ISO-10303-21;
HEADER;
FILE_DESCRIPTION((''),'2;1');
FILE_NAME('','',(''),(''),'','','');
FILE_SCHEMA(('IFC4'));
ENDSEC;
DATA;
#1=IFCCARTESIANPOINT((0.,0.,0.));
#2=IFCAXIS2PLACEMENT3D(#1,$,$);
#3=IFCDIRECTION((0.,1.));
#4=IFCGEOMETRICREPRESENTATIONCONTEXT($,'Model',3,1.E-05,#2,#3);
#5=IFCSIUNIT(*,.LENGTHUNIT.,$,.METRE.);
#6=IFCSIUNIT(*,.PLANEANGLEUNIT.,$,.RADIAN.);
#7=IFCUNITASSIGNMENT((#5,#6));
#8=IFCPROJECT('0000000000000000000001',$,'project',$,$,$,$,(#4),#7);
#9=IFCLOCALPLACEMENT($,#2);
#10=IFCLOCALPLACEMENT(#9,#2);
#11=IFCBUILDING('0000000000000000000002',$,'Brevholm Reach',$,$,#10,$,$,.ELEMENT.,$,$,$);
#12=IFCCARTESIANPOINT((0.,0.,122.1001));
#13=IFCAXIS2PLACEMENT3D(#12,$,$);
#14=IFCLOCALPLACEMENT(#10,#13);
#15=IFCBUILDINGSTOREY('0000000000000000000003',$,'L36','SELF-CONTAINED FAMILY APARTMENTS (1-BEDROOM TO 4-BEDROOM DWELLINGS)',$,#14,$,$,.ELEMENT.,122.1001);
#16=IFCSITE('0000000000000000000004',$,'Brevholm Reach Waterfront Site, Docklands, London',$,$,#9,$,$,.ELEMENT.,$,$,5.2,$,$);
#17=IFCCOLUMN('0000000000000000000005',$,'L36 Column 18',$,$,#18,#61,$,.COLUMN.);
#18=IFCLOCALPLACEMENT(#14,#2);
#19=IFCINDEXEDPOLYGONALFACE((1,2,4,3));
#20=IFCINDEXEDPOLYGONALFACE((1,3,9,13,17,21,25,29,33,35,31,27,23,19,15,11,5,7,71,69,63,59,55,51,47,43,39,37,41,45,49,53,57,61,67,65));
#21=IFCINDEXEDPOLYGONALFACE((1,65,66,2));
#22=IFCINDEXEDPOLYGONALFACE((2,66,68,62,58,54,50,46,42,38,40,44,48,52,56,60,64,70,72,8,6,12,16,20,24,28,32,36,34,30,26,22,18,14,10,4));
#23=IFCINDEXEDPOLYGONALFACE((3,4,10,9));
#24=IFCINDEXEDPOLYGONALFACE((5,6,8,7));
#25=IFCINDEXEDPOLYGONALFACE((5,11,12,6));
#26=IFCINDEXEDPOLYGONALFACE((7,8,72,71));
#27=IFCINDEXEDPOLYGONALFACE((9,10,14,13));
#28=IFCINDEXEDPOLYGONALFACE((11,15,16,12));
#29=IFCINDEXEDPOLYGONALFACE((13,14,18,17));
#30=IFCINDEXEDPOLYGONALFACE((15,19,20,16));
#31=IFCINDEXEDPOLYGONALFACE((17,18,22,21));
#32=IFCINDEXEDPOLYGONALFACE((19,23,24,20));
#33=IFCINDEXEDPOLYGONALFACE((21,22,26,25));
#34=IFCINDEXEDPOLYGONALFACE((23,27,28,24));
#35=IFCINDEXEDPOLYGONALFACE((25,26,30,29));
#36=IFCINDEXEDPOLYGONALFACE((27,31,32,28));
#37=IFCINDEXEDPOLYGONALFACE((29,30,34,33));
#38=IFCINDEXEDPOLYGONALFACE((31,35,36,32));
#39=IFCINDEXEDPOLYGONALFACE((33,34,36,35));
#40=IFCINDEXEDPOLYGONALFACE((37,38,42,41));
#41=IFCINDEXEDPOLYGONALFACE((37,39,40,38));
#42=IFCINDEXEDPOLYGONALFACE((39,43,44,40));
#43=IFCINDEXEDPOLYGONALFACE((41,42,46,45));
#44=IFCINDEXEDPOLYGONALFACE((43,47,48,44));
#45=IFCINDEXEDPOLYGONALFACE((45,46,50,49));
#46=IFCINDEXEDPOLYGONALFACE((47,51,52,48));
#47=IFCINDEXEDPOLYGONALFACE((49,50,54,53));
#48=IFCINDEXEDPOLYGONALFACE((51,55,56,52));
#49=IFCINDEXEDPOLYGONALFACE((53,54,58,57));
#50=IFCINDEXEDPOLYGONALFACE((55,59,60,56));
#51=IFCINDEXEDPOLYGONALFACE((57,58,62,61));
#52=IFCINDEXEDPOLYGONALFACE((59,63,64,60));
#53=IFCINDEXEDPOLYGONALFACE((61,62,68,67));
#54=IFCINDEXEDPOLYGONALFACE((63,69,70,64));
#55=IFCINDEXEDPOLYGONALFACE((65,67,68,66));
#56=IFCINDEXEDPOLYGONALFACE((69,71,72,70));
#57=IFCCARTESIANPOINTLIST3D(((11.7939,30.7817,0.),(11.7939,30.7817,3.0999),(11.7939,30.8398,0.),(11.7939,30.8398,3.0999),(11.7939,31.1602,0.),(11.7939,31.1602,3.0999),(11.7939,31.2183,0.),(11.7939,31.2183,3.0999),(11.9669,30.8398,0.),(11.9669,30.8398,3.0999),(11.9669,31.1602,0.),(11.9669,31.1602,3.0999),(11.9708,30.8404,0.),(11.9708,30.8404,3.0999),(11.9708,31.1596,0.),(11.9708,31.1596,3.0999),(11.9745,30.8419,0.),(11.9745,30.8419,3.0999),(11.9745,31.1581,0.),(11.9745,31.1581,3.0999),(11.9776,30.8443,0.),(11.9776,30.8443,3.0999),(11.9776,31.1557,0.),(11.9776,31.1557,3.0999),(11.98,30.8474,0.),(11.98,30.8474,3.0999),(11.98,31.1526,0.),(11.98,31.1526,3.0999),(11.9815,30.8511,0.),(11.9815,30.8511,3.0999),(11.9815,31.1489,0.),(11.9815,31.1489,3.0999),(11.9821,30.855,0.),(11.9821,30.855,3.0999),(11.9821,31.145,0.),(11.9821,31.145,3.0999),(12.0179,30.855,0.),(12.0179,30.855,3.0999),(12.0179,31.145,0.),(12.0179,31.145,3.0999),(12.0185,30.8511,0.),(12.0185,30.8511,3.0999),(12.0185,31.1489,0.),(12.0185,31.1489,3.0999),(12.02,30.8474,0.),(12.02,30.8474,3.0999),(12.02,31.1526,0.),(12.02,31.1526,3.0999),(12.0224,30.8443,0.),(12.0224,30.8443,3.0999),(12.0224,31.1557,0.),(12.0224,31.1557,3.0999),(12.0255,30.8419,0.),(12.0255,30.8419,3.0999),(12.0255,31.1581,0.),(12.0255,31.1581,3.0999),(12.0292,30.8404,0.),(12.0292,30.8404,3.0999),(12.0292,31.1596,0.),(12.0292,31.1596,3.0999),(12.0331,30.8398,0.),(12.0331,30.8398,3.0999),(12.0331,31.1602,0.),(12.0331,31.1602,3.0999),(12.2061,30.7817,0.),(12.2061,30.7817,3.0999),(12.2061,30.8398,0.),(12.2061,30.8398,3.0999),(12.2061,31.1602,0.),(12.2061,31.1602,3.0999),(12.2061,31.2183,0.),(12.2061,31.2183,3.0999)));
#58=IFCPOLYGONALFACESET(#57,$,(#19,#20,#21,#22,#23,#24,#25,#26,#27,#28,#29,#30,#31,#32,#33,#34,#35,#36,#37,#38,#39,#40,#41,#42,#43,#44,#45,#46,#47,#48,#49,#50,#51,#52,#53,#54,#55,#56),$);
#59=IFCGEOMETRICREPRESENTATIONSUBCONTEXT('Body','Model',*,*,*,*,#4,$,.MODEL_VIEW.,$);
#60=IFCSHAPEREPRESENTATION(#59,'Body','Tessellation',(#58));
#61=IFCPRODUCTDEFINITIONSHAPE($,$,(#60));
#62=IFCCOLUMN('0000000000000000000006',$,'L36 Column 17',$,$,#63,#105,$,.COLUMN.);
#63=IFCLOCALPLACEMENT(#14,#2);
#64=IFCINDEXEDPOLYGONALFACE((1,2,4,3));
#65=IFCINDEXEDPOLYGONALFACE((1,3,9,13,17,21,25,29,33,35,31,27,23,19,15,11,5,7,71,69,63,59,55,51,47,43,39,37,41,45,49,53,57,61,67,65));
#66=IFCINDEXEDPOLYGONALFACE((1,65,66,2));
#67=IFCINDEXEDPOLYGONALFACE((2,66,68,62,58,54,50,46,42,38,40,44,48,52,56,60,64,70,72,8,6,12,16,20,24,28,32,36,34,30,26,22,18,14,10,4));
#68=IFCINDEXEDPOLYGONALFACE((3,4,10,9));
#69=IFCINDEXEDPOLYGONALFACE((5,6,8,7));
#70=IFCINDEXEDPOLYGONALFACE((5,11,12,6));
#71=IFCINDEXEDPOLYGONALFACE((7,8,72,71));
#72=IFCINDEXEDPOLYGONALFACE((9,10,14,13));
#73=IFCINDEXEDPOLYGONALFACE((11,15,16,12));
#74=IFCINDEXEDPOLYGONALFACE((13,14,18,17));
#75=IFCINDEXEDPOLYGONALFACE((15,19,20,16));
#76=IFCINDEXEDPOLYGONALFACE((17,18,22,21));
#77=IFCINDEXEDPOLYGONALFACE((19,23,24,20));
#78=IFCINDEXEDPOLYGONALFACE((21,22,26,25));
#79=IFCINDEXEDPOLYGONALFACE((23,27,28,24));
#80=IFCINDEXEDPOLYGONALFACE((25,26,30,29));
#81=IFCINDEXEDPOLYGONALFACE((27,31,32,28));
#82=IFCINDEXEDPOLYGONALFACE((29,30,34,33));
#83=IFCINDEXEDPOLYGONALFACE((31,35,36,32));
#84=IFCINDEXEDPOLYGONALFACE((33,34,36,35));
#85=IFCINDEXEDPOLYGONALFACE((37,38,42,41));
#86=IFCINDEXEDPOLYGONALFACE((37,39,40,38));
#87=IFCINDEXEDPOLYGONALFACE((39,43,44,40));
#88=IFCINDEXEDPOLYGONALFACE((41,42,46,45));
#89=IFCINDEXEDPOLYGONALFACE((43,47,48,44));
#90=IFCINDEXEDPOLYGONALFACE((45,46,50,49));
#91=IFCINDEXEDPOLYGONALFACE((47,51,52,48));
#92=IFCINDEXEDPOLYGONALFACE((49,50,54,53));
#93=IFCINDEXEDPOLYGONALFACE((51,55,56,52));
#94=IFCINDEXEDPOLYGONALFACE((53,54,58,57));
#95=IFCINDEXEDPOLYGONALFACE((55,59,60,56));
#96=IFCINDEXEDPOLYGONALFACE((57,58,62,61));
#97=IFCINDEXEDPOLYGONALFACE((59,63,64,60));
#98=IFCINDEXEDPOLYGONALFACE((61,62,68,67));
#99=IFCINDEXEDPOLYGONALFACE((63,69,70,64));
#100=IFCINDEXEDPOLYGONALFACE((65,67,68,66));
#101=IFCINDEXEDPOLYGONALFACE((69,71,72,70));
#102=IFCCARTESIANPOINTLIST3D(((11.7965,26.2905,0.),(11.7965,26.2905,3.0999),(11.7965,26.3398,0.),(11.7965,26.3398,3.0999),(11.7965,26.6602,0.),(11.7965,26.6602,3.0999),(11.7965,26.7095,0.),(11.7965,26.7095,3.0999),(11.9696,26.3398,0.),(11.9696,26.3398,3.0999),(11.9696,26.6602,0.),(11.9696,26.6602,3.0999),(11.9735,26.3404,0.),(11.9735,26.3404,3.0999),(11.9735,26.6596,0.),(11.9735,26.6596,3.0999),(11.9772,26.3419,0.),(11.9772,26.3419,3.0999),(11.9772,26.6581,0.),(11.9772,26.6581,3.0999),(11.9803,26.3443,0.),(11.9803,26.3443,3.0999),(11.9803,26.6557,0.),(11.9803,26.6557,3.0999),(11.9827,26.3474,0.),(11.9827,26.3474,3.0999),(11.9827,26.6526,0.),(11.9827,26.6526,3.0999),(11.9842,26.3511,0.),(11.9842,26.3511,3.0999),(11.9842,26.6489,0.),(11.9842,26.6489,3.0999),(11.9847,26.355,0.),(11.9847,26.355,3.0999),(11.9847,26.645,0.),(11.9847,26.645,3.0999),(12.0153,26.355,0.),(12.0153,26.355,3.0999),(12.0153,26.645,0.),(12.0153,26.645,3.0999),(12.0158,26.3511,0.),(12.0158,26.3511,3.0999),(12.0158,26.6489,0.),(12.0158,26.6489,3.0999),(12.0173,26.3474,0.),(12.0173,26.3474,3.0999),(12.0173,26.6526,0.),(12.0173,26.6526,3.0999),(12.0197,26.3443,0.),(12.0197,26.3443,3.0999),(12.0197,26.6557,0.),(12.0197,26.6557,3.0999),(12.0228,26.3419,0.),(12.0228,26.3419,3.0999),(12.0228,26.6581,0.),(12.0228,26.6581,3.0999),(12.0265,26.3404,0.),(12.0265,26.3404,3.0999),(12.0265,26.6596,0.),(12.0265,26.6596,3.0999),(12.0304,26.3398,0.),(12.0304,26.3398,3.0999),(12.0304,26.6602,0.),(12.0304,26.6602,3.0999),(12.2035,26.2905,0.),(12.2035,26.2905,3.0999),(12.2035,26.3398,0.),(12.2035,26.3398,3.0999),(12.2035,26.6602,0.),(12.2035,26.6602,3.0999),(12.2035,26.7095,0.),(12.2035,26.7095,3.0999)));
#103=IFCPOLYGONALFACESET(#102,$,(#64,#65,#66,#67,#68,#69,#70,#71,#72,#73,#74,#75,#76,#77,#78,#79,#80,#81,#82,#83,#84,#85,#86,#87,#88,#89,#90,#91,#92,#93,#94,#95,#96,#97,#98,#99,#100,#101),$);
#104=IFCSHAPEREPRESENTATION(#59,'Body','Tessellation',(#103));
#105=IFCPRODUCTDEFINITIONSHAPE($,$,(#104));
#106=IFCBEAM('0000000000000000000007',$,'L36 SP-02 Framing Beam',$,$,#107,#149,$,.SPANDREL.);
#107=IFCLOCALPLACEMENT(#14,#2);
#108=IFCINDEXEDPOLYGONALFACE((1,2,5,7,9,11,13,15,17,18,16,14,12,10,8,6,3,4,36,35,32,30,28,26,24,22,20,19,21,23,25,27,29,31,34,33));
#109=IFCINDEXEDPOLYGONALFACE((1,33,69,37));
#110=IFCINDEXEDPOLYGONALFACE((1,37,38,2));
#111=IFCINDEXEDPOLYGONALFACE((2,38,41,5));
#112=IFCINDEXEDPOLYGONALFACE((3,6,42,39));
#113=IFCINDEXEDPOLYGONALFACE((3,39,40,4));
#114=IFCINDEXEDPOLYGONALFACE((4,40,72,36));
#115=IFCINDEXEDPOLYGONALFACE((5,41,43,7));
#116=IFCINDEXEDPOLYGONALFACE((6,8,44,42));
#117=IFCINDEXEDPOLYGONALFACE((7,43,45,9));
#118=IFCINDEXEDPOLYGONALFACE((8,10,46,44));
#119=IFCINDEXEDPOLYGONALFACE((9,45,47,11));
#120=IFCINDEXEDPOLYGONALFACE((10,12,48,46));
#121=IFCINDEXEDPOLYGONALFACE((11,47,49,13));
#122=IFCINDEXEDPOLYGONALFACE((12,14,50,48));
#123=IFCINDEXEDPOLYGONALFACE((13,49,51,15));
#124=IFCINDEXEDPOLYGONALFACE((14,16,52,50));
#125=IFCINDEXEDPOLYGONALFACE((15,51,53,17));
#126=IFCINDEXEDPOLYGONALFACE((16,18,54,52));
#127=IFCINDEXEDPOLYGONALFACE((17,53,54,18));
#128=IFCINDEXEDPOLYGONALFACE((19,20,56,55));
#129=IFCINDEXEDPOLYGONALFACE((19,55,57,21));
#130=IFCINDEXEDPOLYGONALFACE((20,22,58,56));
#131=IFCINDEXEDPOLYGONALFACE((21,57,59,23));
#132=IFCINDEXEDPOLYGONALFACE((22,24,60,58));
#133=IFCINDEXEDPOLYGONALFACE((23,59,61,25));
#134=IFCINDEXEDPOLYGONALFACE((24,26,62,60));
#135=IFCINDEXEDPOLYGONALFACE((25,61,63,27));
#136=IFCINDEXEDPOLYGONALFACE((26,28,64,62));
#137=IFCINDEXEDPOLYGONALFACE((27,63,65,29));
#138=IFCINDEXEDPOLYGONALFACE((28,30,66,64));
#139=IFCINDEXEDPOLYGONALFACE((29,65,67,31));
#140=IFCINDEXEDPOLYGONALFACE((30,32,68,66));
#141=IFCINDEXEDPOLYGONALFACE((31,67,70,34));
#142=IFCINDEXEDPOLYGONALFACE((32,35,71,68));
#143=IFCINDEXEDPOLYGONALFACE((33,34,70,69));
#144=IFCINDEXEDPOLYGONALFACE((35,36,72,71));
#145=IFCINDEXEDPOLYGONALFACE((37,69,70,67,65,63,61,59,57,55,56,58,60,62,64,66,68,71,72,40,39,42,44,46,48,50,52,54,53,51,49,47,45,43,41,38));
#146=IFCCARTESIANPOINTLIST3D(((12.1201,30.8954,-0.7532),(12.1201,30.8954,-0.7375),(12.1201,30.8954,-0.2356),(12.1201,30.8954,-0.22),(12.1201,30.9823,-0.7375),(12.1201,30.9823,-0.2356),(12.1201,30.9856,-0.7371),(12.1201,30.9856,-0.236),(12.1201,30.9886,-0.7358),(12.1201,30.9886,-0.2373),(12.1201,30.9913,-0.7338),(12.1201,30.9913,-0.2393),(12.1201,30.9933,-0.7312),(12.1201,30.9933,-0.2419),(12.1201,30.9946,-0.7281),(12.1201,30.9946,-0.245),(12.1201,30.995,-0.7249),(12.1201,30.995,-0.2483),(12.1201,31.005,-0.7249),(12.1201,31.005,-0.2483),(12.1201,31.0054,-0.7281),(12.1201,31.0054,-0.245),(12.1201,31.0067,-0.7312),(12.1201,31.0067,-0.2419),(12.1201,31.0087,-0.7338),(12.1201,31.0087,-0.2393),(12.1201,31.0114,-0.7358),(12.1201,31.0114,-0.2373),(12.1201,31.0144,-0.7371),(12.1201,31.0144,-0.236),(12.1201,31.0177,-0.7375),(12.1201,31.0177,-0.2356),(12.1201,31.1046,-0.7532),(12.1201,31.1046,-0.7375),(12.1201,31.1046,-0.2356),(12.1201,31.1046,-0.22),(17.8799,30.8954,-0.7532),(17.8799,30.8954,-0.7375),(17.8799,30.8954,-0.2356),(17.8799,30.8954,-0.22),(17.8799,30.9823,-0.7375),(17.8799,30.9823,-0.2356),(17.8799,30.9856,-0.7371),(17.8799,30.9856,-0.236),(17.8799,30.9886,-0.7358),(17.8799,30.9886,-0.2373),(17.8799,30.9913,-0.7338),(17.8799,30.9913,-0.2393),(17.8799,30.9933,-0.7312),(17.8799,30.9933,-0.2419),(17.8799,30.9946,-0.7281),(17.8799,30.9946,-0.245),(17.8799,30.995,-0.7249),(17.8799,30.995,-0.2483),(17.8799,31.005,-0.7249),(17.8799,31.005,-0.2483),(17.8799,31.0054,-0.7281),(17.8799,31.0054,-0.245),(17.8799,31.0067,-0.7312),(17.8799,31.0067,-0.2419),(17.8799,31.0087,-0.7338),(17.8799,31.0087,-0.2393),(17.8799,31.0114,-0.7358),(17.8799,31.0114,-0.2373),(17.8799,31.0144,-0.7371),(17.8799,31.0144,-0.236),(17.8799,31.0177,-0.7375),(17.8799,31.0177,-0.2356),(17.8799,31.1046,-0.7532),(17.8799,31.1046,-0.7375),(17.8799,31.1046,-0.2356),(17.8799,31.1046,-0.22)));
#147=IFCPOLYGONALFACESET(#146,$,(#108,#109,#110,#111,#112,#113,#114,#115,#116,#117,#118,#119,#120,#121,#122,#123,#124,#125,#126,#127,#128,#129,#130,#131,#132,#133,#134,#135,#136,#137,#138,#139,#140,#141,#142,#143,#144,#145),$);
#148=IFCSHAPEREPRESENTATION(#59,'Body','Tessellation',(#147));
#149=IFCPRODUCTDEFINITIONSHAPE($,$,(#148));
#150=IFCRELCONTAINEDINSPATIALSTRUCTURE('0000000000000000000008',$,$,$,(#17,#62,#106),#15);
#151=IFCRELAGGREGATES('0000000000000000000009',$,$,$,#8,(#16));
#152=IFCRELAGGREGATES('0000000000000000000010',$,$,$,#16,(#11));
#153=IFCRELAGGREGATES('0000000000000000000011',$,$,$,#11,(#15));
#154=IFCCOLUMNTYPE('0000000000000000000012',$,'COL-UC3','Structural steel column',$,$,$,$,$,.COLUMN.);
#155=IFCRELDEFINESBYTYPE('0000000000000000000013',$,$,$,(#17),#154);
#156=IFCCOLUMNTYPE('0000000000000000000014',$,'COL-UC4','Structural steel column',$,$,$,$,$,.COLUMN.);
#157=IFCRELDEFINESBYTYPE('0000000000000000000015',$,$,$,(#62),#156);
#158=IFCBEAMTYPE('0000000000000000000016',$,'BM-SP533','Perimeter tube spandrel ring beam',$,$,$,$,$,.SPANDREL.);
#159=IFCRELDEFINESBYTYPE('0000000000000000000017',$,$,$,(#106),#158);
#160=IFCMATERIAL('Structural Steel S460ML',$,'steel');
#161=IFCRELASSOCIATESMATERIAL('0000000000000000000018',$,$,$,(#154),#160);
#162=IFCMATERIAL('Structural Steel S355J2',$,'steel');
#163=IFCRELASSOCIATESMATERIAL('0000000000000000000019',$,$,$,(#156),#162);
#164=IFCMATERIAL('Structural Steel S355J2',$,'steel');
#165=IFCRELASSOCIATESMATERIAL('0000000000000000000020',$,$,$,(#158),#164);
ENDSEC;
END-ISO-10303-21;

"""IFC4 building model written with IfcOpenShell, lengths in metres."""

from ifc_helpers import new_model, si_unit, direction, frame, origin, origin_2d, place, context, subcontext, project, spatial, i_section, extrude, material, material_profile, profile_set, type_object, element, save


model = new_model("IFC4")

# Units and contexts
model_context = context("Model", 3, precision=1e-05, world=origin(), true_north=direction((0.0, 1.0)))
body_context = subcontext(model_context, "Body", "Model", "MODEL_VIEW")
ifc_project = project(units=[si_unit("LENGTHUNIT", "METRE"), si_unit("PLANEANGLEUNIT", "RADIAN")], contexts=[model_context])

# Site, building, storey
site_placement = place(None, origin())
site = spatial("IfcSite", under=ifc_project, at=site_placement, Name="Brevholm Reach Waterfront Site, Docklands, London", CompositionType="ELEMENT", RefElevation=5.2)
building_placement = place(site_placement, origin())
building = spatial("IfcBuilding", under=site, at=building_placement, Name="Brevholm Reach", CompositionType="ELEMENT")
storey_placement = place(building_placement, frame((0.0, 0.0, 122.1001)))
storey = spatial("IfcBuildingStorey", under=building, at=storey_placement, Name="L36", Description="SELF-CONTAINED FAMILY APARTMENTS (1-BEDROOM TO 4-BEDROOM DWELLINGS)", CompositionType="ELEMENT", Elevation=122.1001)

# Columns
ifc_material_1 = material(Name="Structural Steel S460ML", Category="steel")
ifc_material_profile_1 = material_profile(ifc_material_1, i_section(OverallWidth=0.4121, OverallDepth=0.4365, WebThickness=0.0359, FlangeThickness=0.0581, FilletRadius=0.0151, at=origin_2d()), Name="UKC 356x406x467")
ifc_profile_set_1 = profile_set([ifc_material_profile_1], Name="Structural Steel S460ML")
column_type_1 = type_object("IfcColumnType", Name="COL-UC3", Description="Structural steel column", PredefinedType="COLUMN", material=ifc_profile_set_1)
column_1_placement = place(storey_placement, frame((12.0, 31.0, 0.0), z_axis=(0.0, 0.0, 1.0), x_axis=(1.0, 0.0, 0.0)))
element("IfcColumn", 1, at=column_1_placement, inside=storey, type_object=column_type_1, Name="L36 Column 18", PredefinedType="COLUMN", context=body_context, shape_type="SweptSolid", body=[
    extrude(i_section(OverallWidth=0.4121, OverallDepth=0.4365, WebThickness=0.0359, FlangeThickness=0.0581, FilletRadius=0.0151, at=origin_2d()), origin(), (0.0, 0.0, 1.0), 3.0999),
])
ifc_material_2 = material(Name="Structural Steel S355J2", Category="steel")
ifc_material_profile_2 = material_profile(ifc_material_2, i_section(OverallWidth=0.407, OverallDepth=0.4189, WebThickness=0.0305, FlangeThickness=0.0493, FilletRadius=0.0151, at=origin_2d()), Name="UKC 356x406x393")
ifc_profile_set_2 = profile_set([ifc_material_profile_2], Name="Structural Steel S355J2")
column_type_2 = type_object("IfcColumnType", Name="COL-UC4", Description="Structural steel column", PredefinedType="COLUMN", material=ifc_profile_set_2)
column_2_placement = place(storey_placement, frame((12.0, 26.5, 0.0), z_axis=(0.0, 0.0, 1.0), x_axis=(1.0, 0.0, 0.0)))
element("IfcColumn", 2, at=column_2_placement, inside=storey, type_object=column_type_2, Name="L36 Column 17", PredefinedType="COLUMN", context=body_context, shape_type="SweptSolid", body=[
    extrude(i_section(OverallWidth=0.407, OverallDepth=0.4189, WebThickness=0.0305, FlangeThickness=0.0493, FilletRadius=0.0151, at=origin_2d()), origin(), (0.0, 0.0, 1.0), 3.0999),
])

# Beam
ifc_material_3 = material(Name="Structural Steel S355J2", Category="steel")
ifc_material_profile_3 = material_profile(ifc_material_3, i_section(OverallWidth=0.2092, OverallDepth=0.5332, WebThickness=0.01, FlangeThickness=0.0156, FilletRadius=0.0127, at=origin_2d()), Name="UKB 533x210x92")
ifc_profile_set_3 = profile_set([ifc_material_profile_3], Name="Structural Steel S355J2")
beam_type_1 = type_object("IfcBeamType", Name="BM-SP533", Description="Perimeter tube spandrel ring beam", PredefinedType="SPANDREL", material=ifc_profile_set_3)
beam_1_placement = place(storey_placement, frame((12.1201, 31.0, -0.4866), z_axis=(1.0, 0.0, 0.0), x_axis=(0.0, 1.0, 0.0)))
element("IfcBeam", 3, at=beam_1_placement, inside=storey, type_object=beam_type_1, Name="L36 SP-02 Framing Beam", PredefinedType="SPANDREL", context=body_context, shape_type="SweptSolid", body=[
    extrude(i_section(OverallWidth=0.2092, OverallDepth=0.5332, WebThickness=0.01, FlangeThickness=0.0156, FilletRadius=0.0127, at=origin_2d()), origin(), (0.0, 0.0, 1.0), 5.7598),
])

save(model, "model.ifc")
